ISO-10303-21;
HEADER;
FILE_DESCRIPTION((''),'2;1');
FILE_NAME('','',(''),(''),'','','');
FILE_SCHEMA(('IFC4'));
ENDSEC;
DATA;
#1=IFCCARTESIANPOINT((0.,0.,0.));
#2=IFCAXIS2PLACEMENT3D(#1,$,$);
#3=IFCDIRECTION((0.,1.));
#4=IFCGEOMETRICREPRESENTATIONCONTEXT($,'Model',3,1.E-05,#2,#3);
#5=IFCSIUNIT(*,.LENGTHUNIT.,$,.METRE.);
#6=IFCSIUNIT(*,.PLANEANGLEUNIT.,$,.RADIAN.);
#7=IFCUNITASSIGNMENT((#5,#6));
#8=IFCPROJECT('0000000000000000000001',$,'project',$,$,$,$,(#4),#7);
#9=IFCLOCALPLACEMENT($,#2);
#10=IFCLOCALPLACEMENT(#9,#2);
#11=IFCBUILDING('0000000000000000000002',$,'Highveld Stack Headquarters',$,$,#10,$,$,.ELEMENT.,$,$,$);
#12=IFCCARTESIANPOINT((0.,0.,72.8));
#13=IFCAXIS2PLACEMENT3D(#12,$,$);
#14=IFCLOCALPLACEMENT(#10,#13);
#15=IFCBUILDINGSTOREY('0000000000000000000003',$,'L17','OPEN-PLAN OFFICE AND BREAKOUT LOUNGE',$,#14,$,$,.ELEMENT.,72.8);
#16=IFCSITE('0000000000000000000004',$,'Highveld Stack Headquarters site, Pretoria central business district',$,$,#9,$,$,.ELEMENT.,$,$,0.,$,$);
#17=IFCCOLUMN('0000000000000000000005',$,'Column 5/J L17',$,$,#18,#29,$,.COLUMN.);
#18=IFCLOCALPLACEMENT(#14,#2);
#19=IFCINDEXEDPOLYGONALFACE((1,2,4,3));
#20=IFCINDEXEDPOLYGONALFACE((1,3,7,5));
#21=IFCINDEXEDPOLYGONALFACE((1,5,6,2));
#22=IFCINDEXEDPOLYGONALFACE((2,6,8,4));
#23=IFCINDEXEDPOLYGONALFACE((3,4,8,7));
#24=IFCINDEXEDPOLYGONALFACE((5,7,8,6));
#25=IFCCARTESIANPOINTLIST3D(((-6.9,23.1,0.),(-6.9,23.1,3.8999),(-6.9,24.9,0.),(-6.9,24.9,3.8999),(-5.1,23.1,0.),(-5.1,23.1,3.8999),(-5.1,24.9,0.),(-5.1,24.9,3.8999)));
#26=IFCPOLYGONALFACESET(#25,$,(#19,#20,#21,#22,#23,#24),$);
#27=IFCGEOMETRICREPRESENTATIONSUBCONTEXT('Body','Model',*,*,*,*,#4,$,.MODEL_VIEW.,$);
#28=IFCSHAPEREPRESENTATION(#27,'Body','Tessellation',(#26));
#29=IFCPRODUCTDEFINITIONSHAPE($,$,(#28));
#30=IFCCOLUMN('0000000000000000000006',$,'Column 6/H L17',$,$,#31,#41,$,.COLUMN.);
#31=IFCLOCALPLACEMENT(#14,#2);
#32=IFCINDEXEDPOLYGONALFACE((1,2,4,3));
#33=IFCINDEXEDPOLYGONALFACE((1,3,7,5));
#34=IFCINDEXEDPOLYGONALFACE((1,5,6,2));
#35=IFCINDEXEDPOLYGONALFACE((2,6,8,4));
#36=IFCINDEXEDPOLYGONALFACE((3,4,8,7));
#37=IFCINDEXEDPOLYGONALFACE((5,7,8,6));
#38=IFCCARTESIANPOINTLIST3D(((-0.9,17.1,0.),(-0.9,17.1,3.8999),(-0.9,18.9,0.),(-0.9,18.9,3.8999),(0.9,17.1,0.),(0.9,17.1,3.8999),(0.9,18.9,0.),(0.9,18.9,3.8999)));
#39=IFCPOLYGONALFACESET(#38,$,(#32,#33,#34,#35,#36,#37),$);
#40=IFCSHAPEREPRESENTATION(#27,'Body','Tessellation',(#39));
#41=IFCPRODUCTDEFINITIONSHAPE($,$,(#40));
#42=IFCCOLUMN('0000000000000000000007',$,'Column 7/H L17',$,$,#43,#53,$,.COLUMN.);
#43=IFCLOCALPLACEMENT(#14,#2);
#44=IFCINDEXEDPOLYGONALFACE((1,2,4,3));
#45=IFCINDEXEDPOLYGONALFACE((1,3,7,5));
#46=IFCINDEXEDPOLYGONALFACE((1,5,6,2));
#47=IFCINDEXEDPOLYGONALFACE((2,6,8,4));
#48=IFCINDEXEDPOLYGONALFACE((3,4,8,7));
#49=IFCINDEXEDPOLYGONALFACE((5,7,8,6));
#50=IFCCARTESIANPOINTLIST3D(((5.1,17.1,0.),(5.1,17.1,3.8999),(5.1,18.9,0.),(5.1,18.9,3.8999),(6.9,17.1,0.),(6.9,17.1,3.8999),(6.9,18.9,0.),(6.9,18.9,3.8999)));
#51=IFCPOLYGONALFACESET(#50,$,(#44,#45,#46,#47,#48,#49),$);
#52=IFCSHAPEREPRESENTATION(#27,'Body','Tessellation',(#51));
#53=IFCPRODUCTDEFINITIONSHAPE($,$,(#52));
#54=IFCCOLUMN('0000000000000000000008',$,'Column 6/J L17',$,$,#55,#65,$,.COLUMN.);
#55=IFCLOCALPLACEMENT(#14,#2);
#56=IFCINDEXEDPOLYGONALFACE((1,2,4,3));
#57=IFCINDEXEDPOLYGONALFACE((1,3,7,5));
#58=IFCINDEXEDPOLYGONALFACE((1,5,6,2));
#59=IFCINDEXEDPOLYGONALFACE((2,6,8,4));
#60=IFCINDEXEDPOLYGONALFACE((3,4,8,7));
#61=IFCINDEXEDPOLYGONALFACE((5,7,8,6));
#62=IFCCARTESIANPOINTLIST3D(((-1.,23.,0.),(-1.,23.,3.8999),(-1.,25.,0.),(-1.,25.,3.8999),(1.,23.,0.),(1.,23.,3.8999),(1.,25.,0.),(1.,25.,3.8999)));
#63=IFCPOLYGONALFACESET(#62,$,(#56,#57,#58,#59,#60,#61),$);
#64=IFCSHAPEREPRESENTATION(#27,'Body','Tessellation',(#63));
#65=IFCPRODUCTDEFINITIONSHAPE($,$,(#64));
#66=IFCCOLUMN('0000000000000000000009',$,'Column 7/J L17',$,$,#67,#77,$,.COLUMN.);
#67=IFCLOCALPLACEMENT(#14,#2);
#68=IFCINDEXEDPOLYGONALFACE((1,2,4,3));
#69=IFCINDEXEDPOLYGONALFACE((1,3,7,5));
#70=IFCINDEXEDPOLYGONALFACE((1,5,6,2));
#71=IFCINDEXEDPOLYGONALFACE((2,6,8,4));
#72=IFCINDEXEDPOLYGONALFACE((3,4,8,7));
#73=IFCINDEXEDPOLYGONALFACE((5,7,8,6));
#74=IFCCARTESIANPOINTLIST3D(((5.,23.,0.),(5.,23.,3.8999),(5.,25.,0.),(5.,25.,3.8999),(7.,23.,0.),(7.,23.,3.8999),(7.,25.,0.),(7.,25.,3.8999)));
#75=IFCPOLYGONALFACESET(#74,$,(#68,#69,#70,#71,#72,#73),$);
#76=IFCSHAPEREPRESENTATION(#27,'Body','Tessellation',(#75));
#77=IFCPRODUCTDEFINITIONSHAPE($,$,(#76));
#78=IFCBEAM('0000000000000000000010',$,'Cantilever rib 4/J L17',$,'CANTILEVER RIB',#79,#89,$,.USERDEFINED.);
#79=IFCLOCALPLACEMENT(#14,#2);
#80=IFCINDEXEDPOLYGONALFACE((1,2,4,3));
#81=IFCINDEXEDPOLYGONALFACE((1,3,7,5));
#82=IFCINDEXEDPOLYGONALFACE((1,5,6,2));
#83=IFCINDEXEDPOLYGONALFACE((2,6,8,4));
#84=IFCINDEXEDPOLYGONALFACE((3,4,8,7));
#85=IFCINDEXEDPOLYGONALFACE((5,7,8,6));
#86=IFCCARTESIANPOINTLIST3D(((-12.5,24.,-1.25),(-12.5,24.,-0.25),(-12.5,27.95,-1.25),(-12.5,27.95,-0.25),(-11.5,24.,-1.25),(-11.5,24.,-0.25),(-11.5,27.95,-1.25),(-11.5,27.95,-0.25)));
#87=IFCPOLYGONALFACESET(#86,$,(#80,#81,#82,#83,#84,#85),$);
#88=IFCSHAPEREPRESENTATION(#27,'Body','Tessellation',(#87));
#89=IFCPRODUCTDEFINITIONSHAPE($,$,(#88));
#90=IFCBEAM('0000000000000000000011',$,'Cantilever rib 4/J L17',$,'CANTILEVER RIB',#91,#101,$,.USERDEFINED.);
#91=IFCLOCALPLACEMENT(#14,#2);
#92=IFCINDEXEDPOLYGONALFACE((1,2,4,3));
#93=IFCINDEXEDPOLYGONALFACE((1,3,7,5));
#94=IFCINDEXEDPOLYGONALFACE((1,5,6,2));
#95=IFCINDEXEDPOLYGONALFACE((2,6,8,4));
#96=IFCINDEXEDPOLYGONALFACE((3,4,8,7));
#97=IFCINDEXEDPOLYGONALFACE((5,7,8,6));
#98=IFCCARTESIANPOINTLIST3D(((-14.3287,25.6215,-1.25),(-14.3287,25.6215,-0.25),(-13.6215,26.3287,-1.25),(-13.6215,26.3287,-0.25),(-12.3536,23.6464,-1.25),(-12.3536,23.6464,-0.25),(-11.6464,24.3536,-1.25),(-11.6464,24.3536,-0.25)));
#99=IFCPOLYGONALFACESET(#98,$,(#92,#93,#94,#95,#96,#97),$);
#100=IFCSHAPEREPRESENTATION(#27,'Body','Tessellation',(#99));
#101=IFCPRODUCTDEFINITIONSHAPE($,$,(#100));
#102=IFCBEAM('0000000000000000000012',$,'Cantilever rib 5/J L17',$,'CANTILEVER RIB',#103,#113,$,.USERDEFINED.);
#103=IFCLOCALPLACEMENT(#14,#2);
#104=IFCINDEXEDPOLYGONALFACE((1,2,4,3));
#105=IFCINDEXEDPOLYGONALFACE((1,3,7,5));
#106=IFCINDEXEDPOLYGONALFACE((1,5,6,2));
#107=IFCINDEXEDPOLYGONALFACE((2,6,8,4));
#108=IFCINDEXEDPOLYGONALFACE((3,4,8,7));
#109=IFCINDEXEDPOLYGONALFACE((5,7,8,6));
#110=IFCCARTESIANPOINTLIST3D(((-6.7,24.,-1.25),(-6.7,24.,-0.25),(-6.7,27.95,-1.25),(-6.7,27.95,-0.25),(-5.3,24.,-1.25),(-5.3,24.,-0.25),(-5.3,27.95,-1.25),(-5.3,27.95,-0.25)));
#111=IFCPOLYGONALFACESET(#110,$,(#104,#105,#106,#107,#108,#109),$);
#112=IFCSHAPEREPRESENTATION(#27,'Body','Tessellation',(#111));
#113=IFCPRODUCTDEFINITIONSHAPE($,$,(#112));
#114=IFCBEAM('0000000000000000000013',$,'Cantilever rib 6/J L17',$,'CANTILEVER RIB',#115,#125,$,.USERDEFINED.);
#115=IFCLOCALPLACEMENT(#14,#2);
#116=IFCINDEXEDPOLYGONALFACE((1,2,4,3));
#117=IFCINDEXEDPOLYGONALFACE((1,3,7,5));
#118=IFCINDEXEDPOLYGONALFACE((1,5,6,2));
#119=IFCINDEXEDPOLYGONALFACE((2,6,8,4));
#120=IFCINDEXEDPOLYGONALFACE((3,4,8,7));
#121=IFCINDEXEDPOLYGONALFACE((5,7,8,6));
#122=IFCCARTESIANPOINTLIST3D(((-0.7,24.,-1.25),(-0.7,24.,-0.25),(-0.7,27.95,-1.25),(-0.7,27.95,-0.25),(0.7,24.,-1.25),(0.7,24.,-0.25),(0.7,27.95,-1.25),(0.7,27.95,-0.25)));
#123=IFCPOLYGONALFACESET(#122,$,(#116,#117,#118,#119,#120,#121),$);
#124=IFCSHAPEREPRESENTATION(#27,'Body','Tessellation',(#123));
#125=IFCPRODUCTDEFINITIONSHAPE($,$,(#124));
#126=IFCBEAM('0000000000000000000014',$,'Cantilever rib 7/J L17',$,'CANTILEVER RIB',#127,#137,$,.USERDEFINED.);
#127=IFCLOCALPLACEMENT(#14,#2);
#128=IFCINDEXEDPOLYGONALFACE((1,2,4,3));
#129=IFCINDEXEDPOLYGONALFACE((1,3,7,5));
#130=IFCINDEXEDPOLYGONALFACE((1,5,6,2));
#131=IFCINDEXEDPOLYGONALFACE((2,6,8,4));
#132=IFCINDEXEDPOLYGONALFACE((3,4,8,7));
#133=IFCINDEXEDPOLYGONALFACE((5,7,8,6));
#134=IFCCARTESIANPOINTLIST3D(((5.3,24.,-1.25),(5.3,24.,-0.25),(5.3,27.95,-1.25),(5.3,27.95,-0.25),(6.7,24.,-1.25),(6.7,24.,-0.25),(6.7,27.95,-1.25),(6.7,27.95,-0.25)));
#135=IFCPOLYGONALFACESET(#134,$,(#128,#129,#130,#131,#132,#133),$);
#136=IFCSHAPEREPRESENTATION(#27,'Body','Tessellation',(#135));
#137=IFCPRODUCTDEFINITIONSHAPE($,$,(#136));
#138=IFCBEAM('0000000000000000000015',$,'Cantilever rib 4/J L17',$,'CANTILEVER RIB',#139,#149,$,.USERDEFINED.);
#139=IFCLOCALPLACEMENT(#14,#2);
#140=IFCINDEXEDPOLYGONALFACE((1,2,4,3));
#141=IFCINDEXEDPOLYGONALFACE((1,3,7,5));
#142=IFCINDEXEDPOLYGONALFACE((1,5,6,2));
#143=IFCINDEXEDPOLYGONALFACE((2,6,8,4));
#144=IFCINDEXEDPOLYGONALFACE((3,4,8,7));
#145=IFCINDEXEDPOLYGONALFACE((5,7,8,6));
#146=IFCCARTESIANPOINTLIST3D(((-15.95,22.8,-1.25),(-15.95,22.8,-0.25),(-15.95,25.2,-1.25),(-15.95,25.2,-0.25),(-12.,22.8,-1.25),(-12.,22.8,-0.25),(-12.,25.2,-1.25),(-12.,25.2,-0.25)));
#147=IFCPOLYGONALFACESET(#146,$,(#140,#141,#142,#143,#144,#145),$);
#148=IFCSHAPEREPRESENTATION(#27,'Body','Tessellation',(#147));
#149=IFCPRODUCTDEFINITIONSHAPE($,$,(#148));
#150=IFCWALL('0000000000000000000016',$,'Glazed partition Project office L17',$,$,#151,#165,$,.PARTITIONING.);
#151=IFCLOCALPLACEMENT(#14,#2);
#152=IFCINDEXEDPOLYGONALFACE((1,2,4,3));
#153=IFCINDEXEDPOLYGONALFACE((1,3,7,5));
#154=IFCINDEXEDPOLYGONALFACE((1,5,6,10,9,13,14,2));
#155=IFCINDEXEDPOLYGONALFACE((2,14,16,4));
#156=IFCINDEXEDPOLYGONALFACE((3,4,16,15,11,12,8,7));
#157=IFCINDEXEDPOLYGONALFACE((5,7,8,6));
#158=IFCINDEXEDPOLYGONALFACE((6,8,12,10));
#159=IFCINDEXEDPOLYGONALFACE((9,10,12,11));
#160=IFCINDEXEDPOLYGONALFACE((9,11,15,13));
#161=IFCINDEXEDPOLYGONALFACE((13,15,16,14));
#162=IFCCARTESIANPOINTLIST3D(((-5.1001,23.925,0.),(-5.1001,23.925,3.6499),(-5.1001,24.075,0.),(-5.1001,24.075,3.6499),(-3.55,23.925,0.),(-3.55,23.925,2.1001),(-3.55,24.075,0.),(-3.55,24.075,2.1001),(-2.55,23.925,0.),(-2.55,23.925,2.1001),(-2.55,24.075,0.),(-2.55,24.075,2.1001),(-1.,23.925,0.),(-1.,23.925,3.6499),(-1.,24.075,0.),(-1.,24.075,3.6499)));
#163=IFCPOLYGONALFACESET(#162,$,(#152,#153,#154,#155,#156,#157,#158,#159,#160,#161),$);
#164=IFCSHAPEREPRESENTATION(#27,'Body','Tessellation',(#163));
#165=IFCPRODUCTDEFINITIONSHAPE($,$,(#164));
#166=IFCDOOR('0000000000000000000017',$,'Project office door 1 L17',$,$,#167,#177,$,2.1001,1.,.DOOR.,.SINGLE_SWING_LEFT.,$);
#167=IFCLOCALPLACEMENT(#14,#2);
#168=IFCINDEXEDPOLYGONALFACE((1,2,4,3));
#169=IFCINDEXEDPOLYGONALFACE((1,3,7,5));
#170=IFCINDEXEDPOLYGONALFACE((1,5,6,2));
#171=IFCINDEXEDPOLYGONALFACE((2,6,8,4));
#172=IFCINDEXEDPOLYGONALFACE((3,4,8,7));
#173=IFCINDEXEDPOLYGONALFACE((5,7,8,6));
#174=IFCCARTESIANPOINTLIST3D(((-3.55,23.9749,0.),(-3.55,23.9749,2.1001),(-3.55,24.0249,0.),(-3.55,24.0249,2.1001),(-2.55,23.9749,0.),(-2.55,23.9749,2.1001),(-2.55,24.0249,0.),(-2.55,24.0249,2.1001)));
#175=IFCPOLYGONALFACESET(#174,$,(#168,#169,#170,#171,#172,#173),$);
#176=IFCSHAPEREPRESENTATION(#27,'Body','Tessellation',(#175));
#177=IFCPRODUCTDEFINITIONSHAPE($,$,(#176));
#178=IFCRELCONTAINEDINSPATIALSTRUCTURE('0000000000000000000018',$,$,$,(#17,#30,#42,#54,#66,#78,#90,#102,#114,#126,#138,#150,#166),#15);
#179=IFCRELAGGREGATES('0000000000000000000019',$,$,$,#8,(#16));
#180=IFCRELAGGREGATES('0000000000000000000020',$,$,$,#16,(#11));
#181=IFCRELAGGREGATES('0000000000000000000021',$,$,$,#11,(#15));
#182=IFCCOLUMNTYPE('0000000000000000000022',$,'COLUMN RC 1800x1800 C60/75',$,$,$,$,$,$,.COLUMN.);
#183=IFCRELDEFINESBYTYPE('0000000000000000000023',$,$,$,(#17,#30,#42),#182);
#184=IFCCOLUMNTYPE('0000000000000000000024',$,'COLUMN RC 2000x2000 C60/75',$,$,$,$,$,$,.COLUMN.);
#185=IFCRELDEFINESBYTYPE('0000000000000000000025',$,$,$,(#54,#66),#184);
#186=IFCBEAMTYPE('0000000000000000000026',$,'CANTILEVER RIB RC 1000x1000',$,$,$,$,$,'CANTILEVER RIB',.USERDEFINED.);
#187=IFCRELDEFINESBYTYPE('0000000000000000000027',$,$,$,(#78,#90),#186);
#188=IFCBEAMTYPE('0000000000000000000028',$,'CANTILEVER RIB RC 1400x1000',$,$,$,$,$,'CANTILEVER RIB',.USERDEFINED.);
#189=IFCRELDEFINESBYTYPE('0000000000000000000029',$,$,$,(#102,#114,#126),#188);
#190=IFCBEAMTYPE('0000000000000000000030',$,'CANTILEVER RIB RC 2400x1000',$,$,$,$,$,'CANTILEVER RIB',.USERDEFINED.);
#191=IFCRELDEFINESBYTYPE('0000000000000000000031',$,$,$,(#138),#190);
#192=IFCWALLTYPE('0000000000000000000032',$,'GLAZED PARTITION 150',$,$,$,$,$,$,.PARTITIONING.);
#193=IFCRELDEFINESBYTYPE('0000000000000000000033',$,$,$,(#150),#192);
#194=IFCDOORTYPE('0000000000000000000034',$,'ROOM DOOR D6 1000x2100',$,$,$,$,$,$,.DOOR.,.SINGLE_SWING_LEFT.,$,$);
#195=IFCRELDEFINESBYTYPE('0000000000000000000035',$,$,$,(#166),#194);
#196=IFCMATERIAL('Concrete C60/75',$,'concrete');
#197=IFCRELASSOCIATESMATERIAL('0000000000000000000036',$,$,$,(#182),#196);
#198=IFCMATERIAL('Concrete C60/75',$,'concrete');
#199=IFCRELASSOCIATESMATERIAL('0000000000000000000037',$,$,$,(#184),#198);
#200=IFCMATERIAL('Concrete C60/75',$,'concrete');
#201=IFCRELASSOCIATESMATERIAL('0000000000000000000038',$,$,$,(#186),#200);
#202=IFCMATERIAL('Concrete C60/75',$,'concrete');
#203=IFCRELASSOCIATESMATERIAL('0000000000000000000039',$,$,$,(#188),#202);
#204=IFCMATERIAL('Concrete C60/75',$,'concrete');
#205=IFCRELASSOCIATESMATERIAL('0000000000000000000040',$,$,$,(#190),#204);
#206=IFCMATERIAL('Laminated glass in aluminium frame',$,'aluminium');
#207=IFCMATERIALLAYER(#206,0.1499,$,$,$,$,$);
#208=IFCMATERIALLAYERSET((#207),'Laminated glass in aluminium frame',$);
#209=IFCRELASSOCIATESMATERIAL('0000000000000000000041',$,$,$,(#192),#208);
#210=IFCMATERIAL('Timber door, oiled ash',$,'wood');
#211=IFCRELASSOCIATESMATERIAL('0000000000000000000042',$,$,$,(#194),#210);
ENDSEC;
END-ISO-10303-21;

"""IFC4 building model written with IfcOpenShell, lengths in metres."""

from ifc_helpers import new_model, si_unit, direction, frame, frame_2d, origin, origin_2d, place, context, subcontext, project, spatial, rectangle, extrude, material, layer, layer_set, material_profile, profile_set, type_object, element, fill, save


model = new_model("IFC4")

# Units and contexts
model_context = context("Model", 3, precision=1e-05, world=origin(), true_north=direction((0.0, 1.0)))
body_context = subcontext(model_context, "Body", "Model", "MODEL_VIEW")
ifc_project = project(units=[si_unit("LENGTHUNIT", "METRE"), si_unit("PLANEANGLEUNIT", "RADIAN")], contexts=[model_context])

# Site, building, storey
site_placement = place(None, origin())
site = spatial("IfcSite", under=ifc_project, at=site_placement, Name="Highveld Stack Headquarters site, Pretoria central business district", CompositionType="ELEMENT", RefElevation=0.0)
building_placement = place(site_placement, origin())
building = spatial("IfcBuilding", under=site, at=building_placement, Name="Highveld Stack Headquarters", CompositionType="ELEMENT")
storey_placement = place(building_placement, frame((0.0, 0.0, 72.8)))
storey = spatial("IfcBuildingStorey", under=building, at=storey_placement, Name="L17", Description="OPEN-PLAN OFFICE AND BREAKOUT LOUNGE", CompositionType="ELEMENT", Elevation=72.8)

# Columns
ifc_material_1 = material(Name="Concrete C60/75", Category="concrete")
ifc_material_profile_1 = material_profile(ifc_material_1, rectangle(XDim=1.8, YDim=1.8, at=origin_2d()), Name="RC 1800x1800")
ifc_profile_set_1 = profile_set([ifc_material_profile_1], Name="Concrete C60/75")
column_type_1 = type_object("IfcColumnType", Name="COLUMN RC 1800x1800 C60/75", PredefinedType="COLUMN", material=ifc_profile_set_1)
for number, where, z_axis, x_axis, name in (
    (1, (-6.0, 24.0, 0.0), (0.0, 0.0, 1.0), (1.0, 0.0, 0.0), "Column 5/J L17"),
    (2, (0.0, 18.0, 0.0), (0.0, 0.0, 1.0), (1.0, 0.0, 0.0), "Column 6/H L17"),
    (3, (6.0, 18.0, 0.0), (0.0, 0.0, 1.0), (1.0, 0.0, 0.0), "Column 7/H L17"),
):
    element("IfcColumn", number, at=place(storey_placement, frame(where, z_axis=z_axis, x_axis=x_axis)), inside=storey, type_object=column_type_1, Name=name, PredefinedType="COLUMN", context=body_context, shape_type="SweptSolid", body=[
        extrude(rectangle(XDim=1.8, YDim=1.8, at=origin_2d()), origin(), (0.0, 0.0, 1.0), 3.8999),
    ])
ifc_material_2 = material(Name="Concrete C60/75", Category="concrete")
ifc_material_profile_2 = material_profile(ifc_material_2, rectangle(XDim=2.0, YDim=2.0, at=origin_2d()), Name="RC 2000x2000")
ifc_profile_set_2 = profile_set([ifc_material_profile_2], Name="Concrete C60/75")
column_type_2 = type_object("IfcColumnType", Name="COLUMN RC 2000x2000 C60/75", PredefinedType="COLUMN", material=ifc_profile_set_2)
for number, where, z_axis, x_axis, name in (
    (4, (0.0, 24.0, 0.0), (0.0, 0.0, 1.0), (1.0, 0.0, 0.0), "Column 6/J L17"),
    (5, (6.0, 24.0, 0.0), (0.0, 0.0, 1.0), (1.0, 0.0, 0.0), "Column 7/J L17"),
):
    element("IfcColumn", number, at=place(storey_placement, frame(where, z_axis=z_axis, x_axis=x_axis)), inside=storey, type_object=column_type_2, Name=name, PredefinedType="COLUMN", context=body_context, shape_type="SweptSolid", body=[
        extrude(rectangle(XDim=2.0, YDim=2.0, at=origin_2d()), origin(), (0.0, 0.0, 1.0), 3.8999),
    ])

# Beams
ifc_material_3 = material(Name="Concrete C60/75", Category="concrete")
ifc_material_profile_3 = material_profile(ifc_material_3, rectangle(XDim=1.0, YDim=1.0, at=origin_2d()), Name="RC 1000x1000")
ifc_profile_set_3 = profile_set([ifc_material_profile_3], Name="Concrete C60/75")
beam_type_1 = type_object("IfcBeamType", Name="CANTILEVER RIB RC 1000x1000", ElementType="CANTILEVER RIB", PredefinedType="USERDEFINED", material=ifc_profile_set_3)
beam_1_placement = place(storey_placement, frame((-12.0, 24.0, -0.75), z_axis=(0.0, 1.0, 0.0), x_axis=(-1.0, 0.0, 0.0)))
element("IfcBeam", 6, at=beam_1_placement, inside=storey, type_object=beam_type_1, Name="Cantilever rib 4/J L17", ObjectType="CANTILEVER RIB", PredefinedType="USERDEFINED", context=body_context, shape_type="SweptSolid", body=[
    extrude(rectangle(XDim=1.0, YDim=1.0, at=origin_2d()), origin(), (0.0, 0.0, 1.0), 3.95),
])
beam_2_placement = place(storey_placement, frame((-12.0, 24.0, -0.75), z_axis=(-0.707107, 0.707107, 0.0), x_axis=(-0.707107, -0.707107, 0.0)))
element("IfcBeam", 7, at=beam_2_placement, inside=storey, type_object=beam_type_1, Name="Cantilever rib 4/J L17", ObjectType="CANTILEVER RIB", PredefinedType="USERDEFINED", context=body_context, shape_type="SweptSolid", body=[
    extrude(rectangle(XDim=1.0, YDim=1.0, at=origin_2d()), origin(), (0.0, 0.0, 1.0), 2.7932),
])
ifc_material_4 = material(Name="Concrete C60/75", Category="concrete")
ifc_material_profile_4 = material_profile(ifc_material_4, rectangle(XDim=1.3999, YDim=1.0, at=origin_2d()), Name="RC 1400x1000")
ifc_profile_set_4 = profile_set([ifc_material_profile_4], Name="Concrete C60/75")
beam_type_2 = type_object("IfcBeamType", Name="CANTILEVER RIB RC 1400x1000", ElementType="CANTILEVER RIB", PredefinedType="USERDEFINED", material=ifc_profile_set_4)
for number, where, z_axis, x_axis, name in (
    (8, (-6.0, 24.0, -0.75), (0.0, 1.0, 0.0), (-1.0, 0.0, 0.0), "Cantilever rib 5/J L17"),
    (9, (0.0, 24.0, -0.75), (0.0, 1.0, 0.0), (-1.0, 0.0, 0.0), "Cantilever rib 6/J L17"),
    (10, (6.0, 24.0, -0.75), (0.0, 1.0, 0.0), (-1.0, 0.0, 0.0), "Cantilever rib 7/J L17"),
):
    element("IfcBeam", number, at=place(storey_placement, frame(where, z_axis=z_axis, x_axis=x_axis)), inside=storey, type_object=beam_type_2, Name=name, ObjectType="CANTILEVER RIB", PredefinedType="USERDEFINED", context=body_context, shape_type="SweptSolid", body=[
        extrude(rectangle(XDim=1.3999, YDim=1.0, at=origin_2d()), origin(), (0.0, 0.0, 1.0), 3.95),
    ])
ifc_material_5 = material(Name="Concrete C60/75", Category="concrete")
ifc_material_profile_5 = material_profile(ifc_material_5, rectangle(XDim=2.3999, YDim=1.0, at=origin_2d()), Name="RC 2400x1000")
ifc_profile_set_5 = profile_set([ifc_material_profile_5], Name="Concrete C60/75")
beam_type_3 = type_object("IfcBeamType", Name="CANTILEVER RIB RC 2400x1000", ElementType="CANTILEVER RIB", PredefinedType="USERDEFINED", material=ifc_profile_set_5)
beam_3_placement = place(storey_placement, frame((-12.0, 24.0, -0.75), z_axis=(-1.0, 0.0, 0.0), x_axis=(0.0, -1.0, 0.0)))
element("IfcBeam", 11, at=beam_3_placement, inside=storey, type_object=beam_type_3, Name="Cantilever rib 4/J L17", ObjectType="CANTILEVER RIB", PredefinedType="USERDEFINED", context=body_context, shape_type="SweptSolid", body=[
    extrude(rectangle(XDim=2.3999, YDim=1.0, at=origin_2d()), origin(), (0.0, 0.0, 1.0), 3.95),
])

# Wall, opening, door
ifc_material_6 = material(Name="Laminated glass in aluminium frame", Category="aluminium")
ifc_layer_1 = layer(ifc_material_6, 0.1499)
ifc_layer_set_1 = layer_set([ifc_layer_1], Name="Laminated glass in aluminium frame")
wall_type_1 = type_object("IfcWallType", Name="GLAZED PARTITION 150", PredefinedType="PARTITIONING", material=ifc_layer_set_1)
wall_1_placement = place(storey_placement, frame((-5.1001, 24.0, 0.0), z_axis=(0.0, 0.0, 1.0), x_axis=(1.0, 0.0, 0.0)))
wall_1 = element("IfcWall", 12, at=wall_1_placement, inside=storey, type_object=wall_type_1, Name="Glazed partition Project office L17", PredefinedType="PARTITIONING", context=body_context, shape_type="SweptSolid", body=[
    extrude(rectangle(XDim=4.1001, YDim=0.1499, at=frame_2d((2.05, 0.0))), origin(), (0.0, 0.0, 1.0), 3.6499),
])
opening_1_placement = place(wall_1_placement, frame((1.55, 0.0, 0.0)))
opening_1 = element("IfcOpeningElement", 13, at=opening_1_placement, cuts=wall_1, PredefinedType="OPENING", context=body_context, shape_type="SweptSolid", body=[
    extrude(rectangle(XDim=1.0, YDim=2.1001, at=frame_2d((0.5, 1.05))), frame((0.0, 0.085, 0.0), z_axis=(0.0, -1.0, 0.0), x_axis=(1.0, 0.0, 0.0)), (0.0, 0.0, 1.0), 0.1699),
])
ifc_material_7 = material(Name="Timber door, oiled ash", Category="wood")
door_type = type_object("IfcDoorType", Name="ROOM DOOR D6 1000x2100", OperationType="SINGLE_SWING_LEFT", PredefinedType="DOOR", material=ifc_material_7)
door_1_placement = place(opening_1_placement, origin())
door_1 = element("IfcDoor", 14, at=door_1_placement, inside=storey, type_object=door_type, Name="Project office door 1 L17", OperationType="SINGLE_SWING_LEFT", OverallHeight=2.1001, OverallWidth=1.0, PredefinedType="DOOR", context=body_context, shape_type="SweptSolid", body=[
    extrude(rectangle(XDim=1.0, YDim=2.1001, at=frame_2d((0.5, 1.05))), frame((0.0, 0.0249, 0.0), z_axis=(0.0, -1.0, 0.0), x_axis=(1.0, 0.0, 0.0)), (0.0, 0.0, 1.0), 0.05),
])
fill(opening_1, door_1)

save(model, "model.ifc")
